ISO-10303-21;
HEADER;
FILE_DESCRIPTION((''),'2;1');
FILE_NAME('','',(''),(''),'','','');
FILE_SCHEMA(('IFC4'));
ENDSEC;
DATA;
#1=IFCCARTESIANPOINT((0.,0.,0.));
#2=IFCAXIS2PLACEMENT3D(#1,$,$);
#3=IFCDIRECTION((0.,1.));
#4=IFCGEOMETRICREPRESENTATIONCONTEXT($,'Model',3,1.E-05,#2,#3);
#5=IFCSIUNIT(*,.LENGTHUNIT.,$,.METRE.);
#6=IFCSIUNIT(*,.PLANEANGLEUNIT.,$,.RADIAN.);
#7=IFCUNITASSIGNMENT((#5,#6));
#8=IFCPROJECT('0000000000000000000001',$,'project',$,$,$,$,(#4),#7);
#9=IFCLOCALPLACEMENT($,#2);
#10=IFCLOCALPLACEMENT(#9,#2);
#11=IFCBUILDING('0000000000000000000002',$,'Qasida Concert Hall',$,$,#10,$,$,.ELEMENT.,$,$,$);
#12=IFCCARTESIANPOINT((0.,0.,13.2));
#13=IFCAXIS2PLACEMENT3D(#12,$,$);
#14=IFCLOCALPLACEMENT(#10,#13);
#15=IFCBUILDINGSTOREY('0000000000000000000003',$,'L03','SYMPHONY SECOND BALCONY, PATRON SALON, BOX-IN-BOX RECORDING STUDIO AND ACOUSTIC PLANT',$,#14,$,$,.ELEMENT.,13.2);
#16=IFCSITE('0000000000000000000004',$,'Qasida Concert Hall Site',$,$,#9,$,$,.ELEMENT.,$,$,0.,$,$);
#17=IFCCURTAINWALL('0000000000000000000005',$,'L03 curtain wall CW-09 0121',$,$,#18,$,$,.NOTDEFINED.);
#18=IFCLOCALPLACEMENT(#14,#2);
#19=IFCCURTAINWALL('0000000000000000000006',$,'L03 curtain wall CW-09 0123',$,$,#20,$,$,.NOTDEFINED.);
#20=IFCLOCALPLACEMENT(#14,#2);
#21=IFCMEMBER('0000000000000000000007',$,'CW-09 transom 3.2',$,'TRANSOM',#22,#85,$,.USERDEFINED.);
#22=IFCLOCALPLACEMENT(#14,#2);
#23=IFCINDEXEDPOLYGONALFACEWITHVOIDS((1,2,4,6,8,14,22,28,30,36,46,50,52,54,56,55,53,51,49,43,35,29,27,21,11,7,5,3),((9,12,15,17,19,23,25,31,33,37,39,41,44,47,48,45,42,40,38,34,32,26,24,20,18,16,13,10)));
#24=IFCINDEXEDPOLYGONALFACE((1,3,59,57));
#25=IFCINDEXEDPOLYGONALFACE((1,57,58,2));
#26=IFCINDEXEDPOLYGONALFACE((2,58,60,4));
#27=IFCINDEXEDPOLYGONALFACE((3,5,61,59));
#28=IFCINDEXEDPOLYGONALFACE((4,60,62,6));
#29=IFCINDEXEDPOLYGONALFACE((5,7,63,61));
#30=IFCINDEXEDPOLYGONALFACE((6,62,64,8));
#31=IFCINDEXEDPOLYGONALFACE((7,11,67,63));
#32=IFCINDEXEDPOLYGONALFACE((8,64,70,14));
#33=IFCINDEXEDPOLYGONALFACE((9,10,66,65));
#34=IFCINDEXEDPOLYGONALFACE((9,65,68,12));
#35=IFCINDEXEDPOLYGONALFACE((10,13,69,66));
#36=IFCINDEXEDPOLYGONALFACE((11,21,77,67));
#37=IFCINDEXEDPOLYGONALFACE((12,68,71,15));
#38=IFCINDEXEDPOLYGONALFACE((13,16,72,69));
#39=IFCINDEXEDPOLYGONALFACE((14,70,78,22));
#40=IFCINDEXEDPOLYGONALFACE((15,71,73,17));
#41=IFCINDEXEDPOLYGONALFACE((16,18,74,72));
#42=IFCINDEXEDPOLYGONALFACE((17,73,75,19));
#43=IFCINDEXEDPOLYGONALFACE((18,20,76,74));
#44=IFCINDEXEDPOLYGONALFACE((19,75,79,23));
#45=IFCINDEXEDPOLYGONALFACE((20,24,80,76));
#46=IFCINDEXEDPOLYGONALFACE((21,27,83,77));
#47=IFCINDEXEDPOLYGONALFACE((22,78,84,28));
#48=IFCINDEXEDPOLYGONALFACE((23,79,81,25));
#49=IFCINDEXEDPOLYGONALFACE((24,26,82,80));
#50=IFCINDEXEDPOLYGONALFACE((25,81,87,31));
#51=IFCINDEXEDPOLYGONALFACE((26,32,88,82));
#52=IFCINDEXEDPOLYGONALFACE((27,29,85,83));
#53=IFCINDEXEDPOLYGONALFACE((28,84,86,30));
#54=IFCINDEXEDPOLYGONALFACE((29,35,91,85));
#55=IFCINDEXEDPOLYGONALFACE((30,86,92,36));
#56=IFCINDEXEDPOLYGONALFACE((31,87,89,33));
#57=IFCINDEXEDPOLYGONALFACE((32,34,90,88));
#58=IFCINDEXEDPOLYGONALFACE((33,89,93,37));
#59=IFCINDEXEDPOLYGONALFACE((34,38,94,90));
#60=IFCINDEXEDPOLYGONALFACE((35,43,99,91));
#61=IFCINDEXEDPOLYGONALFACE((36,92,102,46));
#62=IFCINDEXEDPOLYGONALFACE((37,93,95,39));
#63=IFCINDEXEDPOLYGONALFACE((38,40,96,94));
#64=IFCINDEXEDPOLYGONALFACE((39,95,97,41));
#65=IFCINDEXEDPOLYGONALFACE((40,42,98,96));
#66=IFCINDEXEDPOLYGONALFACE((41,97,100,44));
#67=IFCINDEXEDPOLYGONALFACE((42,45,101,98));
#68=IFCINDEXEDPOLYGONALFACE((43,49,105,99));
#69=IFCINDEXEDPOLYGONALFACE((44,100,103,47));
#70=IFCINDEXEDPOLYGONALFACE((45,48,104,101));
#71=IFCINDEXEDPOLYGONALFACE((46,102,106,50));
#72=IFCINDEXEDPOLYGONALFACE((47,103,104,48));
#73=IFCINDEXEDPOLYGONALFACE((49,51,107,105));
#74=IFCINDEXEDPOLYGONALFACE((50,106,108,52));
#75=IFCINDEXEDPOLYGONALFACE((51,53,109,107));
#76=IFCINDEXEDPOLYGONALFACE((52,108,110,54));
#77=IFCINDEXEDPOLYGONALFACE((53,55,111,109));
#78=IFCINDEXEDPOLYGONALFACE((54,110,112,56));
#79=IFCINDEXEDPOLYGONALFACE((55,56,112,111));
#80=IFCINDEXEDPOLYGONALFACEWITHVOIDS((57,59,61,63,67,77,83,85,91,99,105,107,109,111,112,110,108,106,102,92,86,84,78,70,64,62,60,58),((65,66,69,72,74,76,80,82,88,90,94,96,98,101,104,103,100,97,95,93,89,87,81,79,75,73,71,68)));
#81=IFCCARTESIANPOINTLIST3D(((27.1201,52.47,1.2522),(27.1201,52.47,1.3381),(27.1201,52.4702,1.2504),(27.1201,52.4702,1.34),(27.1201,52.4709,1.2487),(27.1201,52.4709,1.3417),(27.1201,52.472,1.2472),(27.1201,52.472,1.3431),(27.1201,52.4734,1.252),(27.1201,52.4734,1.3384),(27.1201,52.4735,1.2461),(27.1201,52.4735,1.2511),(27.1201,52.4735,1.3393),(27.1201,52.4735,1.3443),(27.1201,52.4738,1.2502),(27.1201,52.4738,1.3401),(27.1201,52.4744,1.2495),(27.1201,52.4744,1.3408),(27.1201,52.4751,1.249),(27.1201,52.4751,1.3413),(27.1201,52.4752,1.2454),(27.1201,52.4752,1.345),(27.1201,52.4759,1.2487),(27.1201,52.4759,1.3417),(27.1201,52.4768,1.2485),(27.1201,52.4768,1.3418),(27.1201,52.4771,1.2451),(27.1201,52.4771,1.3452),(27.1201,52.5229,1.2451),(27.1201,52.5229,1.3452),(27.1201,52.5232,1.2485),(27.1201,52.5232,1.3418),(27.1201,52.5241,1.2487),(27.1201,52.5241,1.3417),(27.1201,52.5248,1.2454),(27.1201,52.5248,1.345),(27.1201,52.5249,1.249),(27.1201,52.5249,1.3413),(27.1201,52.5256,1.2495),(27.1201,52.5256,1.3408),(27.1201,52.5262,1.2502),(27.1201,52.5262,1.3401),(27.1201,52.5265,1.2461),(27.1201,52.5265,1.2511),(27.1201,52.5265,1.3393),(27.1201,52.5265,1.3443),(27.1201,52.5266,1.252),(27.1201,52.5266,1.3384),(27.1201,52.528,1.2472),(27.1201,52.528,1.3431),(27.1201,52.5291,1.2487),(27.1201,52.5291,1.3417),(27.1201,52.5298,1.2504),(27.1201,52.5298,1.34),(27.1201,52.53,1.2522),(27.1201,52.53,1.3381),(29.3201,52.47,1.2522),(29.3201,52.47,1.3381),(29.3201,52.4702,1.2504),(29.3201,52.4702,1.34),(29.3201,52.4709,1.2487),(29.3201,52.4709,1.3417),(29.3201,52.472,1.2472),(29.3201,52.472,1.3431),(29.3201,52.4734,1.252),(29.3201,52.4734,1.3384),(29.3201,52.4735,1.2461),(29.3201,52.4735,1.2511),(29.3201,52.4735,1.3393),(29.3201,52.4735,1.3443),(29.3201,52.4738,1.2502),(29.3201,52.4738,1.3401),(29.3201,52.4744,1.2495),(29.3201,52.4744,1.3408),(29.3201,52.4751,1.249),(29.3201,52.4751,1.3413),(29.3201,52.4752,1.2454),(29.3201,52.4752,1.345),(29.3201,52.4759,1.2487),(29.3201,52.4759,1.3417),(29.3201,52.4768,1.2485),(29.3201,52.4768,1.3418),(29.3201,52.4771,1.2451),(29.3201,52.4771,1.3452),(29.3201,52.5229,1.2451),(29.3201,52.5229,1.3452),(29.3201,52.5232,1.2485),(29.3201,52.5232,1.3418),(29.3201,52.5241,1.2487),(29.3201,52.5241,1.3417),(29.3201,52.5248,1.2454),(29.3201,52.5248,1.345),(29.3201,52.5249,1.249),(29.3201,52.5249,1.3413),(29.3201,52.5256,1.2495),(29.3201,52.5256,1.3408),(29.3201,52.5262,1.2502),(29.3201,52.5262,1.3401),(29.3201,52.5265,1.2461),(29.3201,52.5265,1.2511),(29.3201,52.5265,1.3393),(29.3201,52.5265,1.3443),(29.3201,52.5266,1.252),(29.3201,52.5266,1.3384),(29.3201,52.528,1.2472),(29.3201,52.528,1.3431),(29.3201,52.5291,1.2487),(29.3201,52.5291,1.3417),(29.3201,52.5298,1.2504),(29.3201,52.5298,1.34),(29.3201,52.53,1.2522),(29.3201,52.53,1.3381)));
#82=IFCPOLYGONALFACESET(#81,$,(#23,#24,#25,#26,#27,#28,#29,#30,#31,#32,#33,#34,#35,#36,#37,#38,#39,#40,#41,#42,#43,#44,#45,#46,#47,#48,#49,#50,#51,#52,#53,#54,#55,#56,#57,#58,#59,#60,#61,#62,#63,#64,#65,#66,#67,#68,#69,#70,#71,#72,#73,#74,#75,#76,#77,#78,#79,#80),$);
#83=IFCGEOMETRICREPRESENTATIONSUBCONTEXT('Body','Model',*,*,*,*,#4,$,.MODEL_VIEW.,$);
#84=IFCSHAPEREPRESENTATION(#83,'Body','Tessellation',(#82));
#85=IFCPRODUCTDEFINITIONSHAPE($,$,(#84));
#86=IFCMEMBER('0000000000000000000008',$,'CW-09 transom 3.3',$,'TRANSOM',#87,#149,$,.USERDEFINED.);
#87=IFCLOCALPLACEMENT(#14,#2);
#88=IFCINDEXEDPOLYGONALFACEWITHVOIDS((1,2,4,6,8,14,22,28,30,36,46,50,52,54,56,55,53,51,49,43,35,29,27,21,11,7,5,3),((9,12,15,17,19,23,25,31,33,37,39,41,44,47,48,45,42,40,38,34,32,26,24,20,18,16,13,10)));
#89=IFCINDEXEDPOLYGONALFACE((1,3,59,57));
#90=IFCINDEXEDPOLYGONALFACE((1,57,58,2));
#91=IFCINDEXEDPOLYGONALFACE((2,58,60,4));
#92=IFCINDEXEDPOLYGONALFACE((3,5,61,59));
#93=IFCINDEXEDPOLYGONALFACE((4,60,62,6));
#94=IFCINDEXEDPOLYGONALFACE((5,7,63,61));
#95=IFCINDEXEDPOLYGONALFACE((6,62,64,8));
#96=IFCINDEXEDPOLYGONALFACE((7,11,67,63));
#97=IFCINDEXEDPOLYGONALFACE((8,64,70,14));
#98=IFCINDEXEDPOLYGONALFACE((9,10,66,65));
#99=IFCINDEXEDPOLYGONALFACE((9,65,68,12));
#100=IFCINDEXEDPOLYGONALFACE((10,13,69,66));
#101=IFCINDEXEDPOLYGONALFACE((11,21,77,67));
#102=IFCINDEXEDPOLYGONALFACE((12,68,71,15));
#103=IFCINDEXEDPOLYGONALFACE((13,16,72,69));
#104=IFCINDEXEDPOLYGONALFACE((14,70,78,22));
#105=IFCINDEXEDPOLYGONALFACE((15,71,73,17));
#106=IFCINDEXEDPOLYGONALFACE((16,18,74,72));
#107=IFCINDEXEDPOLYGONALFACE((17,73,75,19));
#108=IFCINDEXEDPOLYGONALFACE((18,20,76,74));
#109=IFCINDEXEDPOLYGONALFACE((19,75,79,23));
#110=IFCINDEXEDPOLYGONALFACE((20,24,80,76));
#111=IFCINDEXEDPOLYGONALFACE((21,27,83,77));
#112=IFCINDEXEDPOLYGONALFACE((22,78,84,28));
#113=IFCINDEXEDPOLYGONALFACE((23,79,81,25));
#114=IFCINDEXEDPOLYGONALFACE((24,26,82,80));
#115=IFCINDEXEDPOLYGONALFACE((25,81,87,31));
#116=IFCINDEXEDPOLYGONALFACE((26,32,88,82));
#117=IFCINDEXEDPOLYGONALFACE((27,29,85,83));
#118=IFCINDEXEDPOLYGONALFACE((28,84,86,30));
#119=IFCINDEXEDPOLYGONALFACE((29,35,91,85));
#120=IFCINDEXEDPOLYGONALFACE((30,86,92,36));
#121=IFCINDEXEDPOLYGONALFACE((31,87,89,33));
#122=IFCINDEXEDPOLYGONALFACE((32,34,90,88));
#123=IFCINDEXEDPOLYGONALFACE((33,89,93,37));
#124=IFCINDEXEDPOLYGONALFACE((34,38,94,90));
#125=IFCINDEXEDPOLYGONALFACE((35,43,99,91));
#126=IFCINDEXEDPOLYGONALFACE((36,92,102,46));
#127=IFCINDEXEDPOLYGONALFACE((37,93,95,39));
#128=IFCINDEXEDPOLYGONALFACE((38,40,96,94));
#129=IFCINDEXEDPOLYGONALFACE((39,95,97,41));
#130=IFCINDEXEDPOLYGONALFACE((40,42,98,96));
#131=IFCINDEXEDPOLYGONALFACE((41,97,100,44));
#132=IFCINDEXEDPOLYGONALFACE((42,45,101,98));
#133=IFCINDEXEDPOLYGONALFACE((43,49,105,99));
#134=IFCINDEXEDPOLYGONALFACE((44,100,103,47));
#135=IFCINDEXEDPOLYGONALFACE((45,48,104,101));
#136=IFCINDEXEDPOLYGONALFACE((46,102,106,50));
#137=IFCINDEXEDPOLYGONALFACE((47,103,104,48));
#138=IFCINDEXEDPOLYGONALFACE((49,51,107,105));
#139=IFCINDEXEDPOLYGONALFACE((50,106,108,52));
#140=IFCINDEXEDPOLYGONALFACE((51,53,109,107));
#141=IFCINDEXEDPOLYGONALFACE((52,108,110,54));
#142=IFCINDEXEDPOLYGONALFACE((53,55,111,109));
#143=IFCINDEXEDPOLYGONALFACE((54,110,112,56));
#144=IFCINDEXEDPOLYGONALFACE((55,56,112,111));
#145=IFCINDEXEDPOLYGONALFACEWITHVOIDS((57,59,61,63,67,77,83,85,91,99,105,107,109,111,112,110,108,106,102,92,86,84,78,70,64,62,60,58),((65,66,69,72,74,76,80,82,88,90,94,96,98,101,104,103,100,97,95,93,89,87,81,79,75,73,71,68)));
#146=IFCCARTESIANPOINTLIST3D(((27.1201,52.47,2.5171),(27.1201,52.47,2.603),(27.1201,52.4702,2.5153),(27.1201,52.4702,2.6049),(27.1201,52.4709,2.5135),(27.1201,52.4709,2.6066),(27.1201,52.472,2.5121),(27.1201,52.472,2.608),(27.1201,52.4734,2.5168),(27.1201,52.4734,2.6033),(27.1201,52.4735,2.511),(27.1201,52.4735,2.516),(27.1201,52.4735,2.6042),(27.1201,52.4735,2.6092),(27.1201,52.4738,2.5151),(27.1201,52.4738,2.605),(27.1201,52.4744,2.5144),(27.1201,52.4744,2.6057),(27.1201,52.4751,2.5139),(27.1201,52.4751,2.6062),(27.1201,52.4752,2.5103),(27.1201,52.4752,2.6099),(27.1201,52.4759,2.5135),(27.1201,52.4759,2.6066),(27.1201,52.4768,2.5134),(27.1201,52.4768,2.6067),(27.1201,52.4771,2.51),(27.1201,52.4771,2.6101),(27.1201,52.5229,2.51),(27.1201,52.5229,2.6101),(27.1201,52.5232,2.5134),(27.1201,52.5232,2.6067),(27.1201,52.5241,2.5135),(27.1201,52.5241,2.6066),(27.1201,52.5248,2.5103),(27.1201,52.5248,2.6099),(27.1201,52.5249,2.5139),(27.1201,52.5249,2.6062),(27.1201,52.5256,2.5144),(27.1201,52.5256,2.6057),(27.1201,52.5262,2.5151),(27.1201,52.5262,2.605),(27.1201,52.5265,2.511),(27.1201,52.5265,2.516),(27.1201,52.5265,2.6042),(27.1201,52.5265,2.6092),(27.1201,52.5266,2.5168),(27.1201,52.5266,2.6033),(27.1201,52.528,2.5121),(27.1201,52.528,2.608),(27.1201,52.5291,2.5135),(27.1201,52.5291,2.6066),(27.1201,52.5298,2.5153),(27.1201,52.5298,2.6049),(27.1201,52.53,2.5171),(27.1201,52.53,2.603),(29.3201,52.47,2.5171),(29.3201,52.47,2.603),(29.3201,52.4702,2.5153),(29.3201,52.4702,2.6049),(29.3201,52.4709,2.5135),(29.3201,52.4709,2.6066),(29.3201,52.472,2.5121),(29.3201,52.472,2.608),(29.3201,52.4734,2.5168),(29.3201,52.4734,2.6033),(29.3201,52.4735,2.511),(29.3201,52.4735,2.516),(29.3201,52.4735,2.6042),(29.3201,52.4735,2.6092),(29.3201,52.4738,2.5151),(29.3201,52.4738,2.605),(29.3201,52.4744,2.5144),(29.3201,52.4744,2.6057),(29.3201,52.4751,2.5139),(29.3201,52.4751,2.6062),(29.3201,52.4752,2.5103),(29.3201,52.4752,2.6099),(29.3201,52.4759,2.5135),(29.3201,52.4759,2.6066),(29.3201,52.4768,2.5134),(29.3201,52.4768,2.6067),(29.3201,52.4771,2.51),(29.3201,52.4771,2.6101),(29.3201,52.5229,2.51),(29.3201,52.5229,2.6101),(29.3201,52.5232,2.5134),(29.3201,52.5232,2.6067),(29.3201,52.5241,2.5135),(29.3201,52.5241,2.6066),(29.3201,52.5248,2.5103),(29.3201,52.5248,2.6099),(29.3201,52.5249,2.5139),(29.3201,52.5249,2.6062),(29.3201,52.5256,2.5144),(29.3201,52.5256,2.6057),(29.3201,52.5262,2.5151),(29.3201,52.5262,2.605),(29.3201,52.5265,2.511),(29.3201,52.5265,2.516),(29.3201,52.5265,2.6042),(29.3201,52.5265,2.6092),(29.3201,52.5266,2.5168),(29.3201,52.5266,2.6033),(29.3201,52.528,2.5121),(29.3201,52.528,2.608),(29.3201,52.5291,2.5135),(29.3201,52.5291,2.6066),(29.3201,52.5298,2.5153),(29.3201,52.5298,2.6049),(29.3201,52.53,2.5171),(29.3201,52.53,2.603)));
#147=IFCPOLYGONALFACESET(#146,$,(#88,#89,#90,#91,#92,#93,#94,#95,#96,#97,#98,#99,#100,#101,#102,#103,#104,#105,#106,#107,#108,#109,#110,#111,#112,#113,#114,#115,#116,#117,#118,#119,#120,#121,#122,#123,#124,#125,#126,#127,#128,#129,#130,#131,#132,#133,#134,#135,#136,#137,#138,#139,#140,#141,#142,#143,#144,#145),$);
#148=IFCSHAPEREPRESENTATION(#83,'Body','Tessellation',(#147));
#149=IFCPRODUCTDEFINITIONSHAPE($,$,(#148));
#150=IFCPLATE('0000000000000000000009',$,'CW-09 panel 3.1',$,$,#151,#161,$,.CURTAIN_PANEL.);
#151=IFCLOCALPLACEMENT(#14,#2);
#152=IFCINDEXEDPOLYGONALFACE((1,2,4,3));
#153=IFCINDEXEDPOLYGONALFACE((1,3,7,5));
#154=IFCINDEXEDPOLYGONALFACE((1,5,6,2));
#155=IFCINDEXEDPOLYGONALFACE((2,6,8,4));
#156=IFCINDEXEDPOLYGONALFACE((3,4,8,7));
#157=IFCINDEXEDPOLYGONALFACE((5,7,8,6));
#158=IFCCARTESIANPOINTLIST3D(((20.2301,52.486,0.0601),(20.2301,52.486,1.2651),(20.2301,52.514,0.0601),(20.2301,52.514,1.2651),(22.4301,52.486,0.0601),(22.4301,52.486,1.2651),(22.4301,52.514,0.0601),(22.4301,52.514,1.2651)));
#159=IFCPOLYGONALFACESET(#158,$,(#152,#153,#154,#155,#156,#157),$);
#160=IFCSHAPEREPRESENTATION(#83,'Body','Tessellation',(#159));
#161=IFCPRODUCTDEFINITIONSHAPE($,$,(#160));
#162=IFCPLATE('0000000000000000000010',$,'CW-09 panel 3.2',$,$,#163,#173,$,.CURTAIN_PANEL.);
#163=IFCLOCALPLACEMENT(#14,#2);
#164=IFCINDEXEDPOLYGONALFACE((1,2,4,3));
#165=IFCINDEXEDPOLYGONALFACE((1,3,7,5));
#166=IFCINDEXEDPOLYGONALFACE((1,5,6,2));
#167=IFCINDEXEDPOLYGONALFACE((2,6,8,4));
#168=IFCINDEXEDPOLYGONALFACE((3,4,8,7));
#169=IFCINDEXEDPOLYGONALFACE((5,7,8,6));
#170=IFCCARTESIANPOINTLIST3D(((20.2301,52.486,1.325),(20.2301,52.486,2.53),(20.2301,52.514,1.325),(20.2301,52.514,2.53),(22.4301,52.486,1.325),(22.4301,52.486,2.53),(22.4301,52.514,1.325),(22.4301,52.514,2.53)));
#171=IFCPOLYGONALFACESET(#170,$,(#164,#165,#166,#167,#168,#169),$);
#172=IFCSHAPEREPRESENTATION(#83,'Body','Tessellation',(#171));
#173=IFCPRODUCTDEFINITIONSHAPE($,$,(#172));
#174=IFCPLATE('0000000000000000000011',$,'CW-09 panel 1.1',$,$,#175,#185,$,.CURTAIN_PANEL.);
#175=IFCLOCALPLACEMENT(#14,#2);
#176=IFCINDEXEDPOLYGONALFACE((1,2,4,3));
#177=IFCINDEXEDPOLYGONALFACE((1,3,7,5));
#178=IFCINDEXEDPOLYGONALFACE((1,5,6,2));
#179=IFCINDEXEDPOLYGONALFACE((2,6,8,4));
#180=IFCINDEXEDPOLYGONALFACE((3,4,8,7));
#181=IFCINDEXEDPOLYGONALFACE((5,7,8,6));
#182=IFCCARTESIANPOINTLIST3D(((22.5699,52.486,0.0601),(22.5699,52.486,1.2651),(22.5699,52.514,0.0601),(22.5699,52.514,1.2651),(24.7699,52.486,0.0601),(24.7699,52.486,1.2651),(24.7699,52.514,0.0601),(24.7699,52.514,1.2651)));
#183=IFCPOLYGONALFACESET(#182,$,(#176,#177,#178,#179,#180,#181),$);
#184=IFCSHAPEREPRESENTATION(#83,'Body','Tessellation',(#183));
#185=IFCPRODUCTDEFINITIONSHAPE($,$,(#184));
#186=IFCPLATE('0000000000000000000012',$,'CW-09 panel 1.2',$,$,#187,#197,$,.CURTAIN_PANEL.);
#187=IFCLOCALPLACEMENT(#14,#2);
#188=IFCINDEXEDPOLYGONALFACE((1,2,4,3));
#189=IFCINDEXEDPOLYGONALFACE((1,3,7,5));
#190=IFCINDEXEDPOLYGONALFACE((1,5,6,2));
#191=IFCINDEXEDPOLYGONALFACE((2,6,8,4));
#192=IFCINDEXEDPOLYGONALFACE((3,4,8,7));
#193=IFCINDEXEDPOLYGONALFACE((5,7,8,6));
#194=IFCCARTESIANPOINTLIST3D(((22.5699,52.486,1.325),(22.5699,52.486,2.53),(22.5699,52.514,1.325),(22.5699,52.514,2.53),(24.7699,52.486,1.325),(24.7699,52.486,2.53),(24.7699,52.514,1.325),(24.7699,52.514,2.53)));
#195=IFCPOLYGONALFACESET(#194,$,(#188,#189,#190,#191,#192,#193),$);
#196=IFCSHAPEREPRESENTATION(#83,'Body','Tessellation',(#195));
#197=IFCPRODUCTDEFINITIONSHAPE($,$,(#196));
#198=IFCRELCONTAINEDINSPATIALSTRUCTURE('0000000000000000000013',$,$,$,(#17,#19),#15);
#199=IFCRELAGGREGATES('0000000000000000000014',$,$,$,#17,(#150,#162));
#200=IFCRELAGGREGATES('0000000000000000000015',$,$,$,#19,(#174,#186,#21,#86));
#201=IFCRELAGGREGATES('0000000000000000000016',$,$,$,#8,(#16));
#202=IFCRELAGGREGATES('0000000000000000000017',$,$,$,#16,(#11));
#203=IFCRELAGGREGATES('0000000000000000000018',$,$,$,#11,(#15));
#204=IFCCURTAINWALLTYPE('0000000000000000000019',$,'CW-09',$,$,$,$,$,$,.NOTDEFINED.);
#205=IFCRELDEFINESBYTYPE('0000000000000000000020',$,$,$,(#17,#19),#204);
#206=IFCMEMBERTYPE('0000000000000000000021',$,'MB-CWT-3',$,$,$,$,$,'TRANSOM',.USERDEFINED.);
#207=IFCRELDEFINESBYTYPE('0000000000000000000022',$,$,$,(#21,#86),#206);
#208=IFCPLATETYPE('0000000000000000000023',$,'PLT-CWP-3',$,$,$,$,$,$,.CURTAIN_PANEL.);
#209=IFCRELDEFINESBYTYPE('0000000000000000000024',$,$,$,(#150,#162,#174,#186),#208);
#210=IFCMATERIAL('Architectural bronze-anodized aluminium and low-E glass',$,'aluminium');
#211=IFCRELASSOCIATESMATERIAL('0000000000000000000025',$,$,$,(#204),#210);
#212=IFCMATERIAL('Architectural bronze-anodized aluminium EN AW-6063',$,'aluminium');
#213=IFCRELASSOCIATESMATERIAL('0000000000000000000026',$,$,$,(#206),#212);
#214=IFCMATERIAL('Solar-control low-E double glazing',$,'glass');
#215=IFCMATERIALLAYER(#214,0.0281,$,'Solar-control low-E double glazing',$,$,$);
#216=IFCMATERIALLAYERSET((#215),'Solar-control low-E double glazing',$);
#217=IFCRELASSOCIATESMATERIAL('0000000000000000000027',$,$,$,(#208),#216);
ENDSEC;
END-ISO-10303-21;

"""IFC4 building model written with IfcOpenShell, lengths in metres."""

from ifc_helpers import new_model, si_unit, direction, frame, origin, origin_2d, place, context, subcontext, project, spatial, rectangle, hollow_rectangle, extrude, material, layer, layer_set, material_profile, profile_set, type_object, element, aggregate, save


model = new_model("IFC4")

# Units and contexts
model_context = context("Model", 3, precision=1e-05, world=origin(), true_north=direction((0.0, 1.0)))
body_context = subcontext(model_context, "Body", "Model", "MODEL_VIEW")
ifc_project = project(units=[si_unit("LENGTHUNIT", "METRE"), si_unit("PLANEANGLEUNIT", "RADIAN")], contexts=[model_context])

# Site, building, storey
site_placement = place(None, origin())
site = spatial("IfcSite", under=ifc_project, at=site_placement, Name="Qasida Concert Hall Site", CompositionType="ELEMENT", RefElevation=0.0)
building_placement = place(site_placement, origin())
building = spatial("IfcBuilding", under=site, at=building_placement, Name="Qasida Concert Hall", CompositionType="ELEMENT")
storey_placement = place(building_placement, frame((0.0, 0.0, 13.2)))
storey = spatial("IfcBuildingStorey", under=building, at=storey_placement, Name="L03", Description="SYMPHONY SECOND BALCONY, PATRON SALON, BOX-IN-BOX RECORDING STUDIO AND ACOUSTIC PLANT", CompositionType="ELEMENT", Elevation=13.2)

# Curtain wall
ifc_material_1 = material(Name="Architectural bronze-anodized aluminium and low-E glass", Category="aluminium")
curtain_wall_type = type_object("IfcCurtainWallType", Name="CW-09", PredefinedType="NOTDEFINED", material=ifc_material_1)
curtain_wall_1_placement = place(storey_placement, origin())
curtain_wall_1 = element("IfcCurtainWall", 1, at=curtain_wall_1_placement, inside=storey, type_object=curtain_wall_type, Name="L03 curtain wall CW-09 0121", PredefinedType="NOTDEFINED")
ifc_material_2 = material(Name="Architectural bronze-anodized aluminium EN AW-6063", Category="aluminium")

# Curtain wall
curtain_wall_2_placement = place(storey_placement, origin())
curtain_wall_2 = element("IfcCurtainWall", 2, at=curtain_wall_2_placement, inside=storey, type_object=curtain_wall_type, Name="L03 curtain wall CW-09 0123", PredefinedType="NOTDEFINED")

# Members
ifc_material_profile_1 = material_profile(ifc_material_2, hollow_rectangle(XDim=0.0601, YDim=0.1001, WallThickness=0.0034, InnerFilletRadius=0.0034, OuterFilletRadius=0.0071, at=origin_2d()), Name="CWT 100x60x3.5")
ifc_profile_set_1 = profile_set([ifc_material_profile_1], Name="Architectural bronze-anodized aluminium EN AW-6063")
member_type_1 = type_object("IfcMemberType", Name="MB-CWT-3", ElementType="TRANSOM", PredefinedType="USERDEFINED", material=ifc_profile_set_1)
member_1_placement = place(storey_placement, frame((27.1201, 52.5, 1.2952), z_axis=(1.0, 0.0, 0.0), x_axis=(0.0, 1.0, 0.0)))
member_1 = element("IfcMember", 3, at=member_1_placement, type_object=member_type_1, Name="CW-09 transom 3.2", ObjectType="TRANSOM", PredefinedType="USERDEFINED", context=body_context, shape_type="SweptSolid", body=[
    extrude(hollow_rectangle(XDim=0.0601, YDim=0.1001, WallThickness=0.0034, InnerFilletRadius=0.0034, OuterFilletRadius=0.0071, at=origin_2d()), origin(), (0.0, 0.0, 1.0), 2.2),
])
member_2_placement = place(storey_placement, frame((27.1201, 52.5, 2.5601), z_axis=(1.0, 0.0, 0.0), x_axis=(0.0, 1.0, 0.0)))
member_2 = element("IfcMember", 4, at=member_2_placement, type_object=member_type_1, Name="CW-09 transom 3.3", ObjectType="TRANSOM", PredefinedType="USERDEFINED", context=body_context, shape_type="SweptSolid", body=[
    extrude(hollow_rectangle(XDim=0.0601, YDim=0.1001, WallThickness=0.0034, InnerFilletRadius=0.0034, OuterFilletRadius=0.0071, at=origin_2d()), origin(), (0.0, 0.0, 1.0), 2.2),
])

# Plates
ifc_material_3 = material(Name="Solar-control low-E double glazing", Category="glass")
ifc_layer_1 = layer(ifc_material_3, 0.0281, Name="Solar-control low-E double glazing")
ifc_layer_set_1 = layer_set([ifc_layer_1], Name="Solar-control low-E double glazing")
plate_type = type_object("IfcPlateType", Name="PLT-CWP-3", PredefinedType="CURTAIN_PANEL", material=ifc_layer_set_1)
plate_1_placement = place(storey_placement, frame((21.3301, 52.5, 0.0601), z_axis=(0.0, 0.0, 1.0), x_axis=(1.0, 0.0, 0.0)))
plate_1 = element("IfcPlate", 5, at=plate_1_placement, type_object=plate_type, Name="CW-09 panel 3.1", PredefinedType="CURTAIN_PANEL", context=body_context, shape_type="SweptSolid", body=[
    extrude(rectangle(XDim=2.2, YDim=0.0281, at=origin_2d()), origin(), (0.0, 0.0, 1.0), 1.2051),
])
plate_2_placement = place(storey_placement, frame((21.3301, 52.5, 1.325), z_axis=(0.0, 0.0, 1.0), x_axis=(1.0, 0.0, 0.0)))
plate_2 = element("IfcPlate", 6, at=plate_2_placement, type_object=plate_type, Name="CW-09 panel 3.2", PredefinedType="CURTAIN_PANEL", context=body_context, shape_type="SweptSolid", body=[
    extrude(rectangle(XDim=2.2, YDim=0.0281, at=origin_2d()), origin(), (0.0, 0.0, 1.0), 1.2051),
])
aggregate(curtain_wall_1, [plate_1, plate_2])
plate_3_placement = place(storey_placement, frame((23.6699, 52.5, 0.0601), z_axis=(0.0, 0.0, 1.0), x_axis=(1.0, 0.0, 0.0)))
plate_3 = element("IfcPlate", 7, at=plate_3_placement, type_object=plate_type, Name="CW-09 panel 1.1", PredefinedType="CURTAIN_PANEL", context=body_context, shape_type="SweptSolid", body=[
    extrude(rectangle(XDim=2.2, YDim=0.0281, at=origin_2d()), origin(), (0.0, 0.0, 1.0), 1.2051),
])
plate_4_placement = place(storey_placement, frame((23.6699, 52.5, 1.325), z_axis=(0.0, 0.0, 1.0), x_axis=(1.0, 0.0, 0.0)))
plate_4 = element("IfcPlate", 8, at=plate_4_placement, type_object=plate_type, Name="CW-09 panel 1.2", PredefinedType="CURTAIN_PANEL", context=body_context, shape_type="SweptSolid", body=[
    extrude(rectangle(XDim=2.2, YDim=0.0281, at=origin_2d()), origin(), (0.0, 0.0, 1.0), 1.2051),
])
aggregate(curtain_wall_2, [plate_3, plate_4, member_1, member_2])

save(model, "model.ifc")
